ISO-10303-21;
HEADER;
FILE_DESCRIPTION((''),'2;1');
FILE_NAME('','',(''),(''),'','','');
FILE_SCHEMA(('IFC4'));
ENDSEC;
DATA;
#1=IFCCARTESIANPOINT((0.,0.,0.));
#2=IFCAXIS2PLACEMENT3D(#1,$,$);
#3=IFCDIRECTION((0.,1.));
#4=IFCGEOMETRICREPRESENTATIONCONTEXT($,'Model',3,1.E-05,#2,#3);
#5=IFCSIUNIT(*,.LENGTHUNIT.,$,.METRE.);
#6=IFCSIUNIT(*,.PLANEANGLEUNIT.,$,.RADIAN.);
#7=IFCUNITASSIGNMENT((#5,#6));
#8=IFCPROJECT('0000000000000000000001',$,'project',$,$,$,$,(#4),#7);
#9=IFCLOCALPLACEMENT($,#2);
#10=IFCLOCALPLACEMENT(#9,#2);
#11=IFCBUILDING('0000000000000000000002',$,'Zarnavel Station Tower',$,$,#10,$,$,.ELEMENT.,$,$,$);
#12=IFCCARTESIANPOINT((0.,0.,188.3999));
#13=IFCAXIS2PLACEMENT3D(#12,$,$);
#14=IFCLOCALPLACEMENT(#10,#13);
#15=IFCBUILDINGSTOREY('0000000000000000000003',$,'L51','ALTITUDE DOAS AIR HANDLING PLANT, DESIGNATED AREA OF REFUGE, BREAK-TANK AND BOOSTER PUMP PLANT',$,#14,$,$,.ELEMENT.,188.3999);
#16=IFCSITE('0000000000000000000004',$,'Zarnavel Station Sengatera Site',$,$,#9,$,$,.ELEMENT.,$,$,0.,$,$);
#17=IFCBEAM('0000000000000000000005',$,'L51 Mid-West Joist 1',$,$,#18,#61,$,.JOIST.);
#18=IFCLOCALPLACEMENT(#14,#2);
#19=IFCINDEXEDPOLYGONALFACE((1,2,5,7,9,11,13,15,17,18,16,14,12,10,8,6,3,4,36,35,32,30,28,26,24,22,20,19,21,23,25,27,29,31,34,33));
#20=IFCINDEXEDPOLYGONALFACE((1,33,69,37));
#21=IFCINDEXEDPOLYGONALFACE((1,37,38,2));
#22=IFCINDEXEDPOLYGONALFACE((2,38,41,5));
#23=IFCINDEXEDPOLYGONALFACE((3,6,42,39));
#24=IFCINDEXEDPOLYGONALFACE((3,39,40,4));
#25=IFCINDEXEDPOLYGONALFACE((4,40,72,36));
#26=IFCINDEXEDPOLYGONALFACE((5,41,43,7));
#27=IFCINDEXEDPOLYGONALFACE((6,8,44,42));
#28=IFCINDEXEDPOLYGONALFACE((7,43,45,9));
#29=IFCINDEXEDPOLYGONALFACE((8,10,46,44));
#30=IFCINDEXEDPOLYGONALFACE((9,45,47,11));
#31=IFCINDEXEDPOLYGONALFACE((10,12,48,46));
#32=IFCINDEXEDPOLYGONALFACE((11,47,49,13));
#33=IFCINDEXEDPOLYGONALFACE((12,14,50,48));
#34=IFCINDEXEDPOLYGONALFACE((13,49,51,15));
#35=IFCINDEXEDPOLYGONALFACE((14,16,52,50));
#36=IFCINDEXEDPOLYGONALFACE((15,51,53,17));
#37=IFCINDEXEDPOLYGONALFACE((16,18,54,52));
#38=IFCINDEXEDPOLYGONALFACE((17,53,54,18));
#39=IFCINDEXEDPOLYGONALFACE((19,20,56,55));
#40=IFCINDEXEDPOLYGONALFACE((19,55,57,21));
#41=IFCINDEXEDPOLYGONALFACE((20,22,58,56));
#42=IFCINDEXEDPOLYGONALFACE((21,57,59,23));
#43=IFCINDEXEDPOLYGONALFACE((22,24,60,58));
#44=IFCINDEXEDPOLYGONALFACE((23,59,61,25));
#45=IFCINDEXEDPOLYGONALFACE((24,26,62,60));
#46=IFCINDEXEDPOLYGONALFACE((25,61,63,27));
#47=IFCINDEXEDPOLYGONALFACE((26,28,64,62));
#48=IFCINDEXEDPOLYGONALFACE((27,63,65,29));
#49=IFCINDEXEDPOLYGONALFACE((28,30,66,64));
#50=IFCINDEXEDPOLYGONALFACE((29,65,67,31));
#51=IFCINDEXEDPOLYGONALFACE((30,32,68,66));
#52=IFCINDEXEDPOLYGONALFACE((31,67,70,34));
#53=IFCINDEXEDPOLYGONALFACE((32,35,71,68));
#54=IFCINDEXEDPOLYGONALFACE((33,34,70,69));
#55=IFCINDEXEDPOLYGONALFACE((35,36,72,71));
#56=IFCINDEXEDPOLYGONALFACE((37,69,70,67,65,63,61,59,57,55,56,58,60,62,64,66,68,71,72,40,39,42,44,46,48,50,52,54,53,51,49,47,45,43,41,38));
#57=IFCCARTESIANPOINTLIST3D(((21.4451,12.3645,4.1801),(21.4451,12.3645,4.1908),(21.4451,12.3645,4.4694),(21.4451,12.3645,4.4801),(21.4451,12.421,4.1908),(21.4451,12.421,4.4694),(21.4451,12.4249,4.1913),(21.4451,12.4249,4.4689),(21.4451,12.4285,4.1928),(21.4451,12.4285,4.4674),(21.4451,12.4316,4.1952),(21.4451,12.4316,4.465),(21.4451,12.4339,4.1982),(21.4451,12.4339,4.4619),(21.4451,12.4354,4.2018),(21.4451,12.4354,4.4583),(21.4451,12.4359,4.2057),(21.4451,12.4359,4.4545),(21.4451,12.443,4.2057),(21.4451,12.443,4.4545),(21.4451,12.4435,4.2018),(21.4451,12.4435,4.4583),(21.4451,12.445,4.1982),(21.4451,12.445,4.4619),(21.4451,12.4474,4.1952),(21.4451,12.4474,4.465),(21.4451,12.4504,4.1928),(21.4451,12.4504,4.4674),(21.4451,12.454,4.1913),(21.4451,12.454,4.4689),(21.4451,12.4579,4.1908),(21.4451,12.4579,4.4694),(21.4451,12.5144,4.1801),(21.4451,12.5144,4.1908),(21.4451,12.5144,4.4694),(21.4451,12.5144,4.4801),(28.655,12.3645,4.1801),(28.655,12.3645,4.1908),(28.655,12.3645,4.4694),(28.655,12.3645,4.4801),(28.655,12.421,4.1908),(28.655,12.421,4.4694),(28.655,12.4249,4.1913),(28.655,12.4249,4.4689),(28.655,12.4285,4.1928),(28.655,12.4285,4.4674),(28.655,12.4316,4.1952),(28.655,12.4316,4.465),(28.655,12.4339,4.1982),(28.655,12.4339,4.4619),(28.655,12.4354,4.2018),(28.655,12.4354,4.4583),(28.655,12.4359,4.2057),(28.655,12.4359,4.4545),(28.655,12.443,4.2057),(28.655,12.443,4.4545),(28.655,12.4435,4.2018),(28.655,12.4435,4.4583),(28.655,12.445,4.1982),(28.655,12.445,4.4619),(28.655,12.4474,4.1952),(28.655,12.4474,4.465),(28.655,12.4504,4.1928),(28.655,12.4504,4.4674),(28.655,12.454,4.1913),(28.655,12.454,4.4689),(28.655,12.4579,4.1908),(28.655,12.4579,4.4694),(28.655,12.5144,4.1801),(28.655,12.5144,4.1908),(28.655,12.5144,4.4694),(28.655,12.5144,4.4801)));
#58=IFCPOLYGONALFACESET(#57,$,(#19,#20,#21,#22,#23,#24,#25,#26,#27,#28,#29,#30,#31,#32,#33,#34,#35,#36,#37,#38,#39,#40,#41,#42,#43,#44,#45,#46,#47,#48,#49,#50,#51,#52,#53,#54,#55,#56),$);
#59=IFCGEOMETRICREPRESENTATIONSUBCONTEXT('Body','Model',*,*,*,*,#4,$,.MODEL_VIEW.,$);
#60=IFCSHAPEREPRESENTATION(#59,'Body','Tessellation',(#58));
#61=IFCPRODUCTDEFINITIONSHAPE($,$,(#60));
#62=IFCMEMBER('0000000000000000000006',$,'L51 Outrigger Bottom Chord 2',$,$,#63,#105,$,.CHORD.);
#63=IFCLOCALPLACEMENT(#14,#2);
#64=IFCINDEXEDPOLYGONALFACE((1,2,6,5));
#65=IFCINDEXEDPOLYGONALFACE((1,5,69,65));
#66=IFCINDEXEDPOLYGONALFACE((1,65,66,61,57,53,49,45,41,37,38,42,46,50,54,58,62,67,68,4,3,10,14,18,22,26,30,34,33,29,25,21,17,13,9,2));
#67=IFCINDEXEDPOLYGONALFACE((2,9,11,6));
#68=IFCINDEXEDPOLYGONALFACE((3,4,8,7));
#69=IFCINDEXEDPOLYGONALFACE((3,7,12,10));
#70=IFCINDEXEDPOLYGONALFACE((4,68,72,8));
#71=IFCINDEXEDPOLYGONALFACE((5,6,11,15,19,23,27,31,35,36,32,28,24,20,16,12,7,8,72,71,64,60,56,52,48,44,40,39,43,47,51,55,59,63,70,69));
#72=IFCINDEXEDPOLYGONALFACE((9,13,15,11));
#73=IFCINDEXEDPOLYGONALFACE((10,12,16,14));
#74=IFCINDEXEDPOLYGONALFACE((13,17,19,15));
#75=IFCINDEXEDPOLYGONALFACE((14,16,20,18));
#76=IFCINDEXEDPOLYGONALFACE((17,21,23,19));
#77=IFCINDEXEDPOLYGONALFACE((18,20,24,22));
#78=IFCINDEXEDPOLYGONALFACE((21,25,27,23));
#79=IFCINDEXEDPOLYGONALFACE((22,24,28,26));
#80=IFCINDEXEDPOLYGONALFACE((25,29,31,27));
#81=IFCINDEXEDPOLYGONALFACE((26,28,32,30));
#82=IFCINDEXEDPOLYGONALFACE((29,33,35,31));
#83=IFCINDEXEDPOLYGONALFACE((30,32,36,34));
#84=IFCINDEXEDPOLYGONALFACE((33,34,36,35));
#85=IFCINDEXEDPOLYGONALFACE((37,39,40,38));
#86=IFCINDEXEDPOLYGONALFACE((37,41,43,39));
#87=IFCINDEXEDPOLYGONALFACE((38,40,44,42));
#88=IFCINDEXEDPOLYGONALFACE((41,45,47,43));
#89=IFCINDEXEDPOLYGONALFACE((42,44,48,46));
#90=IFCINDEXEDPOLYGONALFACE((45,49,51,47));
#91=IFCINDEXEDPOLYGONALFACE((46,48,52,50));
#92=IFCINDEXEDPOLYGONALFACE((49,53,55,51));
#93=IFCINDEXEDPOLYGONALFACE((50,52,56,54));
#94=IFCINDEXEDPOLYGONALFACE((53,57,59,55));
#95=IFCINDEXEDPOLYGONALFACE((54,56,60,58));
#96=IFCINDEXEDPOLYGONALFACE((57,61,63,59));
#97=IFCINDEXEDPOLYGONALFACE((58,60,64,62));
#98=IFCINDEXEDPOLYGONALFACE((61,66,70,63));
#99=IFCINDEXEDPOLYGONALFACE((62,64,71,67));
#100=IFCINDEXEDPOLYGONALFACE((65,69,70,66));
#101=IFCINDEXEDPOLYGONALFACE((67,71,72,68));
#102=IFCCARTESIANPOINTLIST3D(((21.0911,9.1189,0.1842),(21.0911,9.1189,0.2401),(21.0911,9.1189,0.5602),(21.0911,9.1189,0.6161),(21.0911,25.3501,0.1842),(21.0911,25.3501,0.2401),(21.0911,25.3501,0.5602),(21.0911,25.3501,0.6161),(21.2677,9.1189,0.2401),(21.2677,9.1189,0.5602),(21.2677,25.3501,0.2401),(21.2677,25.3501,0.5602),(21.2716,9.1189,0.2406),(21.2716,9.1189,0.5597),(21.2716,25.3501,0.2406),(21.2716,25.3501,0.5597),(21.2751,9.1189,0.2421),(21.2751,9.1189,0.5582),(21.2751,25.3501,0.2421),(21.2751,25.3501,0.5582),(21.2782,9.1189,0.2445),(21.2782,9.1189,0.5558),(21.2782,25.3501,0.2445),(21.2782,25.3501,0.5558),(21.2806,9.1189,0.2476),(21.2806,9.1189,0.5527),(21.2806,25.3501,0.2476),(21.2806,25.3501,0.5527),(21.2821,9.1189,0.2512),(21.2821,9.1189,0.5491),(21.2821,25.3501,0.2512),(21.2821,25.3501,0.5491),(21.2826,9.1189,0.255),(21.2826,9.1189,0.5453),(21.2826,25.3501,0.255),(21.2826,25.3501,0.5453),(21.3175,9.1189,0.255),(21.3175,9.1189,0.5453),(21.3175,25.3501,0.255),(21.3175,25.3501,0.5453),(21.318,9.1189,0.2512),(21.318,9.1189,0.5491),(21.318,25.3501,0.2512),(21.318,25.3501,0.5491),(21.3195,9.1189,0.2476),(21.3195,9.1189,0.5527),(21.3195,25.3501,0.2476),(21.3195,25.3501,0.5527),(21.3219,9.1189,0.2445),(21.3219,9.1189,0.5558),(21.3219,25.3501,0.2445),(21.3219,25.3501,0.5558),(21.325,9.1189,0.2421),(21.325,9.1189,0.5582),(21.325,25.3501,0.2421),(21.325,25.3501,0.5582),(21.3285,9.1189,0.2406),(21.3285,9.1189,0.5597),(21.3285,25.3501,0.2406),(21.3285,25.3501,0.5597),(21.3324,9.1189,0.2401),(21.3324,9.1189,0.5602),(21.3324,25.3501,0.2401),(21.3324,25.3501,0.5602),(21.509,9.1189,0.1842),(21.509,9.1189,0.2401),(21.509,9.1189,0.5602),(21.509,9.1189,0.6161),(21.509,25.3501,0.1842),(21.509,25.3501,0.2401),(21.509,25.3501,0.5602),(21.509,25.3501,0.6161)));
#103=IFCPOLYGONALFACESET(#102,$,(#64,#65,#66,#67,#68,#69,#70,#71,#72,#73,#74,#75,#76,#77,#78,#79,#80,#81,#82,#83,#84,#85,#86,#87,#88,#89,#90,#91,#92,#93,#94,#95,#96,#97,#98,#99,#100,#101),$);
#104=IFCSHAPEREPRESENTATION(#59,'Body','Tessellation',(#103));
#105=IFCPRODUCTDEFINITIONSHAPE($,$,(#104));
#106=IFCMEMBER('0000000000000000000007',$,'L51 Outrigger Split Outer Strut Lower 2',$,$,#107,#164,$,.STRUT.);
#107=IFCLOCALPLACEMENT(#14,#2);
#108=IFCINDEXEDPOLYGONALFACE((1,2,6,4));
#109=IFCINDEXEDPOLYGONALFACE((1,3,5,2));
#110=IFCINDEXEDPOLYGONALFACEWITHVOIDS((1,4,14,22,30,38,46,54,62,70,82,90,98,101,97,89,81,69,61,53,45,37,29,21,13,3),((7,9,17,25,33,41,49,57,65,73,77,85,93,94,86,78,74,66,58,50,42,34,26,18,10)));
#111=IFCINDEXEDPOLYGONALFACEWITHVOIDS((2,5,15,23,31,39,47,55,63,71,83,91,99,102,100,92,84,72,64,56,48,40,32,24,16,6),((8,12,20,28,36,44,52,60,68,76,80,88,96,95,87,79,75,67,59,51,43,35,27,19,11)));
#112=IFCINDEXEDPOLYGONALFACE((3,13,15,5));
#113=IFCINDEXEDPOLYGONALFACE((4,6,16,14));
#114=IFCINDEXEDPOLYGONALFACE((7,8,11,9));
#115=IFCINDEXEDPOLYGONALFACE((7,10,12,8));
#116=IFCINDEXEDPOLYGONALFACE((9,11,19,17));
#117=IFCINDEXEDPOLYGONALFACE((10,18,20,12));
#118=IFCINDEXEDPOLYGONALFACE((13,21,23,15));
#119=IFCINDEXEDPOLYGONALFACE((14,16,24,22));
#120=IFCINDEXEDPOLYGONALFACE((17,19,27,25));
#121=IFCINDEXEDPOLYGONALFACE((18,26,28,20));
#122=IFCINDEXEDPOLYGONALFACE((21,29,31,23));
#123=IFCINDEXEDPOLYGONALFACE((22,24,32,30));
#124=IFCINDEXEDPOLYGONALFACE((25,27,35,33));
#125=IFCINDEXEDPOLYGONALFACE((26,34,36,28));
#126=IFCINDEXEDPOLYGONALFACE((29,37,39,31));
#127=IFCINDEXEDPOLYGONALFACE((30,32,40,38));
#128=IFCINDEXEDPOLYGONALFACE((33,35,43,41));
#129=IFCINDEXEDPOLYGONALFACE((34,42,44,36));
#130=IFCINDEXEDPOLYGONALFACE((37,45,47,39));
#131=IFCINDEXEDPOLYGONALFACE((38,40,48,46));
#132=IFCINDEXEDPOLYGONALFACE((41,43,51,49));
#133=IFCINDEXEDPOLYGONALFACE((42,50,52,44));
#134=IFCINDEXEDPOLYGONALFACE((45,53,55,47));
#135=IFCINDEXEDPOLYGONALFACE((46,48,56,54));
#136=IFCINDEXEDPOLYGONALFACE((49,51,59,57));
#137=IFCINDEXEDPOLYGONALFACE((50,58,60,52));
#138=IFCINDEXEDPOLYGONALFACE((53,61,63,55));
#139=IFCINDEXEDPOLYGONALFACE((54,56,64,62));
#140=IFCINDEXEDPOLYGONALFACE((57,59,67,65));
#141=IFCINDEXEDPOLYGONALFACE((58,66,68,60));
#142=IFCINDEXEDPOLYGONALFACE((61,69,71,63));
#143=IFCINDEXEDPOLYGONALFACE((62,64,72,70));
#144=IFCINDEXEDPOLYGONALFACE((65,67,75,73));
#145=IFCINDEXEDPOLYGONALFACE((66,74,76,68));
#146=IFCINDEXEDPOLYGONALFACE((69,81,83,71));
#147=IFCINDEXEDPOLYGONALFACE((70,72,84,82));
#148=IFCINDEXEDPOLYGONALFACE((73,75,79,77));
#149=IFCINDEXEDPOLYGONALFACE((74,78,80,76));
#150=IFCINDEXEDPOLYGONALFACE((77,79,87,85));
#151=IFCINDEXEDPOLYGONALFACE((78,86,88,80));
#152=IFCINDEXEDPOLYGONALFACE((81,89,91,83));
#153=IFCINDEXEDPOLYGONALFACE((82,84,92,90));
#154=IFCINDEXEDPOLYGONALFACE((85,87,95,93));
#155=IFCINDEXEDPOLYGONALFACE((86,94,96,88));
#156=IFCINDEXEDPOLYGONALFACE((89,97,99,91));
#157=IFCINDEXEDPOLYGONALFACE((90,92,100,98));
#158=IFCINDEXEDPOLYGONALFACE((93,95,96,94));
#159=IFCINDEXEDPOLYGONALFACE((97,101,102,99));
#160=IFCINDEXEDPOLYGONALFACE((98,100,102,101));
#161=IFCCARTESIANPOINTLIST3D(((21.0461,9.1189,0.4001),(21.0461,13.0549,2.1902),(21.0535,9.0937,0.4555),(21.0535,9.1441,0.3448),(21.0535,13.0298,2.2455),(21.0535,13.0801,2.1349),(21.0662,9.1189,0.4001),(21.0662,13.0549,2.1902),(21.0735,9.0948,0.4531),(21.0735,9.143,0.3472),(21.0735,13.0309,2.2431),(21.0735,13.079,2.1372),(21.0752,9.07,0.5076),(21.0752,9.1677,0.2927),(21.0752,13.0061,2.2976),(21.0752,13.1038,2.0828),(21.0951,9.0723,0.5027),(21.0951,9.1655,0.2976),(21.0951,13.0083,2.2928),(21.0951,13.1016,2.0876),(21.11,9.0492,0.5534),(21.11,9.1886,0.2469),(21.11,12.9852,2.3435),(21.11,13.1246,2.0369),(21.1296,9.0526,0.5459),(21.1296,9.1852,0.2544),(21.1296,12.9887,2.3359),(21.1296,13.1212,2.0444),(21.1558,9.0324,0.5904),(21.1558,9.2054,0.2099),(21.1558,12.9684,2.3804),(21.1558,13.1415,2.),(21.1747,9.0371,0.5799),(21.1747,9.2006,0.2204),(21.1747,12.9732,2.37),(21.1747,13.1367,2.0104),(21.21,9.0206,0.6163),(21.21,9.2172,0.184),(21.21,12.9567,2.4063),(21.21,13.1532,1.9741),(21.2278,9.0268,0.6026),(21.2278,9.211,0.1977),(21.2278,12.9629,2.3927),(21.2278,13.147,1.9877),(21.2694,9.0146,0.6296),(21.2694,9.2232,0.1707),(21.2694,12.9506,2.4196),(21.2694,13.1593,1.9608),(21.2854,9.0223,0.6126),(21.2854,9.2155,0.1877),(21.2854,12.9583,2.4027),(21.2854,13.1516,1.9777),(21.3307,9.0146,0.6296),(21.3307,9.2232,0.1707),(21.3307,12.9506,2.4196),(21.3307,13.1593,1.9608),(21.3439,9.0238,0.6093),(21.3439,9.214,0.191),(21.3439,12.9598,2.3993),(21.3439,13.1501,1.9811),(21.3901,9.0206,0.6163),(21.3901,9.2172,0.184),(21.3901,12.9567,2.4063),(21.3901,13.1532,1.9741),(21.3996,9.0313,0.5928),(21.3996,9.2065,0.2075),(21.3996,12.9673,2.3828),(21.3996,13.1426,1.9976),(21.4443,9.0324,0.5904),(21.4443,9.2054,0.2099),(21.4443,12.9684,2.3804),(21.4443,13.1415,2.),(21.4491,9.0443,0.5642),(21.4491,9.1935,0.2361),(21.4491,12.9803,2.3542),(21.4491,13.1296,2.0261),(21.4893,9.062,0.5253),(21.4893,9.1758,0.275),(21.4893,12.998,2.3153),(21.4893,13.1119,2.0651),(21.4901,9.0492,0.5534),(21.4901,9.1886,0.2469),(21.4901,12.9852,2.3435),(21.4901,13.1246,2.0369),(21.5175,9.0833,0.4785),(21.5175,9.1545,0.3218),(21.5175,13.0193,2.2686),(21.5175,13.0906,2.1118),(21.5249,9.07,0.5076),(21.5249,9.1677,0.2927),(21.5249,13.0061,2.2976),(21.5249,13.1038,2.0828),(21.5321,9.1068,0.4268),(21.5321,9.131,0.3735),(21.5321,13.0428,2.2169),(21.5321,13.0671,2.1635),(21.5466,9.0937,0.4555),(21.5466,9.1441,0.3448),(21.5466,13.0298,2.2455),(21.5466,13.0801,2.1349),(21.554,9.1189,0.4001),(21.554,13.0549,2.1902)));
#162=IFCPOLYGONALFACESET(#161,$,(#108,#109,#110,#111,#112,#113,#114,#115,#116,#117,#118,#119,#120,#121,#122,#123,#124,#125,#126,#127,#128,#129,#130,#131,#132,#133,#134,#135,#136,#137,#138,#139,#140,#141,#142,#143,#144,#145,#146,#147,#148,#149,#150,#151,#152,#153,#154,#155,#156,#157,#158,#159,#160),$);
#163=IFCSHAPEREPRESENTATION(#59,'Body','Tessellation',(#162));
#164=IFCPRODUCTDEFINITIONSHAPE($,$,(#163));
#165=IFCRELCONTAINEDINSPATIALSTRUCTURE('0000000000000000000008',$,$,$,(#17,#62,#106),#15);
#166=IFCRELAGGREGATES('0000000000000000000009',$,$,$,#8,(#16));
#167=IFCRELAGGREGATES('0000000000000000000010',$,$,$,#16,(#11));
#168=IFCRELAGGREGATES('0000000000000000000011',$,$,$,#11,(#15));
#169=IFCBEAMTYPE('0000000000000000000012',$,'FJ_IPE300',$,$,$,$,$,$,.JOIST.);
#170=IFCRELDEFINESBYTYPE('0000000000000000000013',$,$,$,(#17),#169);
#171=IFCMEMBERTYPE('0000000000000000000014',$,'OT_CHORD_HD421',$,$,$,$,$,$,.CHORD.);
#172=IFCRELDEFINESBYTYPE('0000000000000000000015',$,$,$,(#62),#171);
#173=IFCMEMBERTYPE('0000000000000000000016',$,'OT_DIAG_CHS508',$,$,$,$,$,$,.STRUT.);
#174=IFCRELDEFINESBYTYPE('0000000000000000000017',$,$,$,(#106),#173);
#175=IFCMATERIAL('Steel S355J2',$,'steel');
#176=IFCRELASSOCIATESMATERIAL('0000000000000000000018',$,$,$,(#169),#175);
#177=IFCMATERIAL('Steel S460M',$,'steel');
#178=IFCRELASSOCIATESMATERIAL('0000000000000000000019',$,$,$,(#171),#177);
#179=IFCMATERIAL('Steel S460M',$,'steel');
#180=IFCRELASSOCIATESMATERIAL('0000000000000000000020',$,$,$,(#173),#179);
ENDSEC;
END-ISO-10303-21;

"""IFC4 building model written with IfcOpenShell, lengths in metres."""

from ifc_helpers import new_model, si_unit, direction, frame, origin, origin_2d, place, context, subcontext, project, spatial, hollow_circle, i_section, extrude, material, material_profile, profile_set, type_object, element, save


model = new_model("IFC4")

# Units and contexts
model_context = context("Model", 3, precision=1e-05, world=origin(), true_north=direction((0.0, 1.0)))
body_context = subcontext(model_context, "Body", "Model", "MODEL_VIEW")
ifc_project = project(units=[si_unit("LENGTHUNIT", "METRE"), si_unit("PLANEANGLEUNIT", "RADIAN")], contexts=[model_context])

# Site, building, storey
site_placement = place(None, origin())
site = spatial("IfcSite", under=ifc_project, at=site_placement, Name="Zarnavel Station Sengatera Site", CompositionType="ELEMENT", RefElevation=0.0)
building_placement = place(site_placement, origin())
building = spatial("IfcBuilding", under=site, at=building_placement, Name="Zarnavel Station Tower", CompositionType="ELEMENT")
storey_placement = place(building_placement, frame((0.0, 0.0, 188.3999)))
storey = spatial("IfcBuildingStorey", under=building, at=storey_placement, Name="L51", Description="ALTITUDE DOAS AIR HANDLING PLANT, DESIGNATED AREA OF REFUGE, BREAK-TANK AND BOOSTER PUMP PLANT", CompositionType="ELEMENT", Elevation=188.3999)

# Beam
ifc_material_1 = material(Name="Steel S355J2", Category="steel")
ifc_material_profile_1 = material_profile(ifc_material_1, i_section(OverallWidth=0.1499, OverallDepth=0.3, WebThickness=0.0071, FlangeThickness=0.0107, FilletRadius=0.0149, at=origin_2d()), Name="IPE300")
ifc_profile_set_1 = profile_set([ifc_material_profile_1], Name="Steel S355J2")
beam_type_1 = type_object("IfcBeamType", Name="FJ_IPE300", PredefinedType="JOIST", material=ifc_profile_set_1)
beam_1_placement = place(storey_placement, frame((21.4451, 12.4395, 4.3301), z_axis=(1.0, 0.0, 0.0), x_axis=(0.0, 1.0, 0.0)))
element("IfcBeam", 1, at=beam_1_placement, inside=storey, type_object=beam_type_1, Name="L51 Mid-West Joist 1", PredefinedType="JOIST", context=body_context, shape_type="SweptSolid", body=[
    extrude(i_section(OverallWidth=0.1499, OverallDepth=0.3, WebThickness=0.0071, FlangeThickness=0.0107, FilletRadius=0.0149, at=origin_2d()), origin(), (0.0, 0.0, 1.0), 7.21),
])

# Members
ifc_material_2 = material(Name="Steel S460M", Category="steel")
ifc_material_profile_2 = material_profile(ifc_material_2, i_section(OverallWidth=0.418, OverallDepth=0.4319, WebThickness=0.0349, FlangeThickness=0.0559, FilletRadius=0.0149, at=origin_2d()), Name="HD400x421")
ifc_profile_set_2 = profile_set([ifc_material_profile_2], Name="Steel S460M")
member_type_1 = type_object("IfcMemberType", Name="OT_CHORD_HD421", PredefinedType="CHORD", material=ifc_profile_set_2)
member_1_placement = place(storey_placement, frame((21.3, 9.1189, 0.4001), z_axis=(0.0, 1.0, 0.0), x_axis=(-1.0, 0.0, 0.0)))
element("IfcMember", 2, at=member_1_placement, inside=storey, type_object=member_type_1, Name="L51 Outrigger Bottom Chord 2", PredefinedType="CHORD", context=body_context, shape_type="SweptSolid", body=[
    extrude(i_section(OverallWidth=0.418, OverallDepth=0.4319, WebThickness=0.0349, FlangeThickness=0.0559, FilletRadius=0.0149, at=origin_2d()), origin(), (0.0, 0.0, 1.0), 16.2312),
])
ifc_material_3 = material(Name="Steel S460M", Category="steel")
ifc_material_profile_3 = material_profile(ifc_material_3, hollow_circle(Radius=0.2539, WallThickness=0.02, at=origin_2d()), Name="CHS508x20")
ifc_profile_set_3 = profile_set([ifc_material_profile_3], Name="Steel S460M")
member_type_2 = type_object("IfcMemberType", Name="OT_DIAG_CHS508", PredefinedType="STRUT", material=ifc_profile_set_3)
member_2_placement = place(storey_placement, frame((21.3, 9.1189, 0.4001), z_axis=(0.0, 0.910285, 0.413982), x_axis=(-1.0, 0.0, 0.0)))
element("IfcMember", 3, at=member_2_placement, inside=storey, type_object=member_type_2, Name="L51 Outrigger Split Outer Strut Lower 2", PredefinedType="STRUT", context=body_context, shape_type="SweptSolid", body=[
    extrude(hollow_circle(Radius=0.2539, WallThickness=0.02, at=origin_2d()), origin(), (0.0, 0.0, 1.0), 4.324),
])

save(model, "model.ifc")
